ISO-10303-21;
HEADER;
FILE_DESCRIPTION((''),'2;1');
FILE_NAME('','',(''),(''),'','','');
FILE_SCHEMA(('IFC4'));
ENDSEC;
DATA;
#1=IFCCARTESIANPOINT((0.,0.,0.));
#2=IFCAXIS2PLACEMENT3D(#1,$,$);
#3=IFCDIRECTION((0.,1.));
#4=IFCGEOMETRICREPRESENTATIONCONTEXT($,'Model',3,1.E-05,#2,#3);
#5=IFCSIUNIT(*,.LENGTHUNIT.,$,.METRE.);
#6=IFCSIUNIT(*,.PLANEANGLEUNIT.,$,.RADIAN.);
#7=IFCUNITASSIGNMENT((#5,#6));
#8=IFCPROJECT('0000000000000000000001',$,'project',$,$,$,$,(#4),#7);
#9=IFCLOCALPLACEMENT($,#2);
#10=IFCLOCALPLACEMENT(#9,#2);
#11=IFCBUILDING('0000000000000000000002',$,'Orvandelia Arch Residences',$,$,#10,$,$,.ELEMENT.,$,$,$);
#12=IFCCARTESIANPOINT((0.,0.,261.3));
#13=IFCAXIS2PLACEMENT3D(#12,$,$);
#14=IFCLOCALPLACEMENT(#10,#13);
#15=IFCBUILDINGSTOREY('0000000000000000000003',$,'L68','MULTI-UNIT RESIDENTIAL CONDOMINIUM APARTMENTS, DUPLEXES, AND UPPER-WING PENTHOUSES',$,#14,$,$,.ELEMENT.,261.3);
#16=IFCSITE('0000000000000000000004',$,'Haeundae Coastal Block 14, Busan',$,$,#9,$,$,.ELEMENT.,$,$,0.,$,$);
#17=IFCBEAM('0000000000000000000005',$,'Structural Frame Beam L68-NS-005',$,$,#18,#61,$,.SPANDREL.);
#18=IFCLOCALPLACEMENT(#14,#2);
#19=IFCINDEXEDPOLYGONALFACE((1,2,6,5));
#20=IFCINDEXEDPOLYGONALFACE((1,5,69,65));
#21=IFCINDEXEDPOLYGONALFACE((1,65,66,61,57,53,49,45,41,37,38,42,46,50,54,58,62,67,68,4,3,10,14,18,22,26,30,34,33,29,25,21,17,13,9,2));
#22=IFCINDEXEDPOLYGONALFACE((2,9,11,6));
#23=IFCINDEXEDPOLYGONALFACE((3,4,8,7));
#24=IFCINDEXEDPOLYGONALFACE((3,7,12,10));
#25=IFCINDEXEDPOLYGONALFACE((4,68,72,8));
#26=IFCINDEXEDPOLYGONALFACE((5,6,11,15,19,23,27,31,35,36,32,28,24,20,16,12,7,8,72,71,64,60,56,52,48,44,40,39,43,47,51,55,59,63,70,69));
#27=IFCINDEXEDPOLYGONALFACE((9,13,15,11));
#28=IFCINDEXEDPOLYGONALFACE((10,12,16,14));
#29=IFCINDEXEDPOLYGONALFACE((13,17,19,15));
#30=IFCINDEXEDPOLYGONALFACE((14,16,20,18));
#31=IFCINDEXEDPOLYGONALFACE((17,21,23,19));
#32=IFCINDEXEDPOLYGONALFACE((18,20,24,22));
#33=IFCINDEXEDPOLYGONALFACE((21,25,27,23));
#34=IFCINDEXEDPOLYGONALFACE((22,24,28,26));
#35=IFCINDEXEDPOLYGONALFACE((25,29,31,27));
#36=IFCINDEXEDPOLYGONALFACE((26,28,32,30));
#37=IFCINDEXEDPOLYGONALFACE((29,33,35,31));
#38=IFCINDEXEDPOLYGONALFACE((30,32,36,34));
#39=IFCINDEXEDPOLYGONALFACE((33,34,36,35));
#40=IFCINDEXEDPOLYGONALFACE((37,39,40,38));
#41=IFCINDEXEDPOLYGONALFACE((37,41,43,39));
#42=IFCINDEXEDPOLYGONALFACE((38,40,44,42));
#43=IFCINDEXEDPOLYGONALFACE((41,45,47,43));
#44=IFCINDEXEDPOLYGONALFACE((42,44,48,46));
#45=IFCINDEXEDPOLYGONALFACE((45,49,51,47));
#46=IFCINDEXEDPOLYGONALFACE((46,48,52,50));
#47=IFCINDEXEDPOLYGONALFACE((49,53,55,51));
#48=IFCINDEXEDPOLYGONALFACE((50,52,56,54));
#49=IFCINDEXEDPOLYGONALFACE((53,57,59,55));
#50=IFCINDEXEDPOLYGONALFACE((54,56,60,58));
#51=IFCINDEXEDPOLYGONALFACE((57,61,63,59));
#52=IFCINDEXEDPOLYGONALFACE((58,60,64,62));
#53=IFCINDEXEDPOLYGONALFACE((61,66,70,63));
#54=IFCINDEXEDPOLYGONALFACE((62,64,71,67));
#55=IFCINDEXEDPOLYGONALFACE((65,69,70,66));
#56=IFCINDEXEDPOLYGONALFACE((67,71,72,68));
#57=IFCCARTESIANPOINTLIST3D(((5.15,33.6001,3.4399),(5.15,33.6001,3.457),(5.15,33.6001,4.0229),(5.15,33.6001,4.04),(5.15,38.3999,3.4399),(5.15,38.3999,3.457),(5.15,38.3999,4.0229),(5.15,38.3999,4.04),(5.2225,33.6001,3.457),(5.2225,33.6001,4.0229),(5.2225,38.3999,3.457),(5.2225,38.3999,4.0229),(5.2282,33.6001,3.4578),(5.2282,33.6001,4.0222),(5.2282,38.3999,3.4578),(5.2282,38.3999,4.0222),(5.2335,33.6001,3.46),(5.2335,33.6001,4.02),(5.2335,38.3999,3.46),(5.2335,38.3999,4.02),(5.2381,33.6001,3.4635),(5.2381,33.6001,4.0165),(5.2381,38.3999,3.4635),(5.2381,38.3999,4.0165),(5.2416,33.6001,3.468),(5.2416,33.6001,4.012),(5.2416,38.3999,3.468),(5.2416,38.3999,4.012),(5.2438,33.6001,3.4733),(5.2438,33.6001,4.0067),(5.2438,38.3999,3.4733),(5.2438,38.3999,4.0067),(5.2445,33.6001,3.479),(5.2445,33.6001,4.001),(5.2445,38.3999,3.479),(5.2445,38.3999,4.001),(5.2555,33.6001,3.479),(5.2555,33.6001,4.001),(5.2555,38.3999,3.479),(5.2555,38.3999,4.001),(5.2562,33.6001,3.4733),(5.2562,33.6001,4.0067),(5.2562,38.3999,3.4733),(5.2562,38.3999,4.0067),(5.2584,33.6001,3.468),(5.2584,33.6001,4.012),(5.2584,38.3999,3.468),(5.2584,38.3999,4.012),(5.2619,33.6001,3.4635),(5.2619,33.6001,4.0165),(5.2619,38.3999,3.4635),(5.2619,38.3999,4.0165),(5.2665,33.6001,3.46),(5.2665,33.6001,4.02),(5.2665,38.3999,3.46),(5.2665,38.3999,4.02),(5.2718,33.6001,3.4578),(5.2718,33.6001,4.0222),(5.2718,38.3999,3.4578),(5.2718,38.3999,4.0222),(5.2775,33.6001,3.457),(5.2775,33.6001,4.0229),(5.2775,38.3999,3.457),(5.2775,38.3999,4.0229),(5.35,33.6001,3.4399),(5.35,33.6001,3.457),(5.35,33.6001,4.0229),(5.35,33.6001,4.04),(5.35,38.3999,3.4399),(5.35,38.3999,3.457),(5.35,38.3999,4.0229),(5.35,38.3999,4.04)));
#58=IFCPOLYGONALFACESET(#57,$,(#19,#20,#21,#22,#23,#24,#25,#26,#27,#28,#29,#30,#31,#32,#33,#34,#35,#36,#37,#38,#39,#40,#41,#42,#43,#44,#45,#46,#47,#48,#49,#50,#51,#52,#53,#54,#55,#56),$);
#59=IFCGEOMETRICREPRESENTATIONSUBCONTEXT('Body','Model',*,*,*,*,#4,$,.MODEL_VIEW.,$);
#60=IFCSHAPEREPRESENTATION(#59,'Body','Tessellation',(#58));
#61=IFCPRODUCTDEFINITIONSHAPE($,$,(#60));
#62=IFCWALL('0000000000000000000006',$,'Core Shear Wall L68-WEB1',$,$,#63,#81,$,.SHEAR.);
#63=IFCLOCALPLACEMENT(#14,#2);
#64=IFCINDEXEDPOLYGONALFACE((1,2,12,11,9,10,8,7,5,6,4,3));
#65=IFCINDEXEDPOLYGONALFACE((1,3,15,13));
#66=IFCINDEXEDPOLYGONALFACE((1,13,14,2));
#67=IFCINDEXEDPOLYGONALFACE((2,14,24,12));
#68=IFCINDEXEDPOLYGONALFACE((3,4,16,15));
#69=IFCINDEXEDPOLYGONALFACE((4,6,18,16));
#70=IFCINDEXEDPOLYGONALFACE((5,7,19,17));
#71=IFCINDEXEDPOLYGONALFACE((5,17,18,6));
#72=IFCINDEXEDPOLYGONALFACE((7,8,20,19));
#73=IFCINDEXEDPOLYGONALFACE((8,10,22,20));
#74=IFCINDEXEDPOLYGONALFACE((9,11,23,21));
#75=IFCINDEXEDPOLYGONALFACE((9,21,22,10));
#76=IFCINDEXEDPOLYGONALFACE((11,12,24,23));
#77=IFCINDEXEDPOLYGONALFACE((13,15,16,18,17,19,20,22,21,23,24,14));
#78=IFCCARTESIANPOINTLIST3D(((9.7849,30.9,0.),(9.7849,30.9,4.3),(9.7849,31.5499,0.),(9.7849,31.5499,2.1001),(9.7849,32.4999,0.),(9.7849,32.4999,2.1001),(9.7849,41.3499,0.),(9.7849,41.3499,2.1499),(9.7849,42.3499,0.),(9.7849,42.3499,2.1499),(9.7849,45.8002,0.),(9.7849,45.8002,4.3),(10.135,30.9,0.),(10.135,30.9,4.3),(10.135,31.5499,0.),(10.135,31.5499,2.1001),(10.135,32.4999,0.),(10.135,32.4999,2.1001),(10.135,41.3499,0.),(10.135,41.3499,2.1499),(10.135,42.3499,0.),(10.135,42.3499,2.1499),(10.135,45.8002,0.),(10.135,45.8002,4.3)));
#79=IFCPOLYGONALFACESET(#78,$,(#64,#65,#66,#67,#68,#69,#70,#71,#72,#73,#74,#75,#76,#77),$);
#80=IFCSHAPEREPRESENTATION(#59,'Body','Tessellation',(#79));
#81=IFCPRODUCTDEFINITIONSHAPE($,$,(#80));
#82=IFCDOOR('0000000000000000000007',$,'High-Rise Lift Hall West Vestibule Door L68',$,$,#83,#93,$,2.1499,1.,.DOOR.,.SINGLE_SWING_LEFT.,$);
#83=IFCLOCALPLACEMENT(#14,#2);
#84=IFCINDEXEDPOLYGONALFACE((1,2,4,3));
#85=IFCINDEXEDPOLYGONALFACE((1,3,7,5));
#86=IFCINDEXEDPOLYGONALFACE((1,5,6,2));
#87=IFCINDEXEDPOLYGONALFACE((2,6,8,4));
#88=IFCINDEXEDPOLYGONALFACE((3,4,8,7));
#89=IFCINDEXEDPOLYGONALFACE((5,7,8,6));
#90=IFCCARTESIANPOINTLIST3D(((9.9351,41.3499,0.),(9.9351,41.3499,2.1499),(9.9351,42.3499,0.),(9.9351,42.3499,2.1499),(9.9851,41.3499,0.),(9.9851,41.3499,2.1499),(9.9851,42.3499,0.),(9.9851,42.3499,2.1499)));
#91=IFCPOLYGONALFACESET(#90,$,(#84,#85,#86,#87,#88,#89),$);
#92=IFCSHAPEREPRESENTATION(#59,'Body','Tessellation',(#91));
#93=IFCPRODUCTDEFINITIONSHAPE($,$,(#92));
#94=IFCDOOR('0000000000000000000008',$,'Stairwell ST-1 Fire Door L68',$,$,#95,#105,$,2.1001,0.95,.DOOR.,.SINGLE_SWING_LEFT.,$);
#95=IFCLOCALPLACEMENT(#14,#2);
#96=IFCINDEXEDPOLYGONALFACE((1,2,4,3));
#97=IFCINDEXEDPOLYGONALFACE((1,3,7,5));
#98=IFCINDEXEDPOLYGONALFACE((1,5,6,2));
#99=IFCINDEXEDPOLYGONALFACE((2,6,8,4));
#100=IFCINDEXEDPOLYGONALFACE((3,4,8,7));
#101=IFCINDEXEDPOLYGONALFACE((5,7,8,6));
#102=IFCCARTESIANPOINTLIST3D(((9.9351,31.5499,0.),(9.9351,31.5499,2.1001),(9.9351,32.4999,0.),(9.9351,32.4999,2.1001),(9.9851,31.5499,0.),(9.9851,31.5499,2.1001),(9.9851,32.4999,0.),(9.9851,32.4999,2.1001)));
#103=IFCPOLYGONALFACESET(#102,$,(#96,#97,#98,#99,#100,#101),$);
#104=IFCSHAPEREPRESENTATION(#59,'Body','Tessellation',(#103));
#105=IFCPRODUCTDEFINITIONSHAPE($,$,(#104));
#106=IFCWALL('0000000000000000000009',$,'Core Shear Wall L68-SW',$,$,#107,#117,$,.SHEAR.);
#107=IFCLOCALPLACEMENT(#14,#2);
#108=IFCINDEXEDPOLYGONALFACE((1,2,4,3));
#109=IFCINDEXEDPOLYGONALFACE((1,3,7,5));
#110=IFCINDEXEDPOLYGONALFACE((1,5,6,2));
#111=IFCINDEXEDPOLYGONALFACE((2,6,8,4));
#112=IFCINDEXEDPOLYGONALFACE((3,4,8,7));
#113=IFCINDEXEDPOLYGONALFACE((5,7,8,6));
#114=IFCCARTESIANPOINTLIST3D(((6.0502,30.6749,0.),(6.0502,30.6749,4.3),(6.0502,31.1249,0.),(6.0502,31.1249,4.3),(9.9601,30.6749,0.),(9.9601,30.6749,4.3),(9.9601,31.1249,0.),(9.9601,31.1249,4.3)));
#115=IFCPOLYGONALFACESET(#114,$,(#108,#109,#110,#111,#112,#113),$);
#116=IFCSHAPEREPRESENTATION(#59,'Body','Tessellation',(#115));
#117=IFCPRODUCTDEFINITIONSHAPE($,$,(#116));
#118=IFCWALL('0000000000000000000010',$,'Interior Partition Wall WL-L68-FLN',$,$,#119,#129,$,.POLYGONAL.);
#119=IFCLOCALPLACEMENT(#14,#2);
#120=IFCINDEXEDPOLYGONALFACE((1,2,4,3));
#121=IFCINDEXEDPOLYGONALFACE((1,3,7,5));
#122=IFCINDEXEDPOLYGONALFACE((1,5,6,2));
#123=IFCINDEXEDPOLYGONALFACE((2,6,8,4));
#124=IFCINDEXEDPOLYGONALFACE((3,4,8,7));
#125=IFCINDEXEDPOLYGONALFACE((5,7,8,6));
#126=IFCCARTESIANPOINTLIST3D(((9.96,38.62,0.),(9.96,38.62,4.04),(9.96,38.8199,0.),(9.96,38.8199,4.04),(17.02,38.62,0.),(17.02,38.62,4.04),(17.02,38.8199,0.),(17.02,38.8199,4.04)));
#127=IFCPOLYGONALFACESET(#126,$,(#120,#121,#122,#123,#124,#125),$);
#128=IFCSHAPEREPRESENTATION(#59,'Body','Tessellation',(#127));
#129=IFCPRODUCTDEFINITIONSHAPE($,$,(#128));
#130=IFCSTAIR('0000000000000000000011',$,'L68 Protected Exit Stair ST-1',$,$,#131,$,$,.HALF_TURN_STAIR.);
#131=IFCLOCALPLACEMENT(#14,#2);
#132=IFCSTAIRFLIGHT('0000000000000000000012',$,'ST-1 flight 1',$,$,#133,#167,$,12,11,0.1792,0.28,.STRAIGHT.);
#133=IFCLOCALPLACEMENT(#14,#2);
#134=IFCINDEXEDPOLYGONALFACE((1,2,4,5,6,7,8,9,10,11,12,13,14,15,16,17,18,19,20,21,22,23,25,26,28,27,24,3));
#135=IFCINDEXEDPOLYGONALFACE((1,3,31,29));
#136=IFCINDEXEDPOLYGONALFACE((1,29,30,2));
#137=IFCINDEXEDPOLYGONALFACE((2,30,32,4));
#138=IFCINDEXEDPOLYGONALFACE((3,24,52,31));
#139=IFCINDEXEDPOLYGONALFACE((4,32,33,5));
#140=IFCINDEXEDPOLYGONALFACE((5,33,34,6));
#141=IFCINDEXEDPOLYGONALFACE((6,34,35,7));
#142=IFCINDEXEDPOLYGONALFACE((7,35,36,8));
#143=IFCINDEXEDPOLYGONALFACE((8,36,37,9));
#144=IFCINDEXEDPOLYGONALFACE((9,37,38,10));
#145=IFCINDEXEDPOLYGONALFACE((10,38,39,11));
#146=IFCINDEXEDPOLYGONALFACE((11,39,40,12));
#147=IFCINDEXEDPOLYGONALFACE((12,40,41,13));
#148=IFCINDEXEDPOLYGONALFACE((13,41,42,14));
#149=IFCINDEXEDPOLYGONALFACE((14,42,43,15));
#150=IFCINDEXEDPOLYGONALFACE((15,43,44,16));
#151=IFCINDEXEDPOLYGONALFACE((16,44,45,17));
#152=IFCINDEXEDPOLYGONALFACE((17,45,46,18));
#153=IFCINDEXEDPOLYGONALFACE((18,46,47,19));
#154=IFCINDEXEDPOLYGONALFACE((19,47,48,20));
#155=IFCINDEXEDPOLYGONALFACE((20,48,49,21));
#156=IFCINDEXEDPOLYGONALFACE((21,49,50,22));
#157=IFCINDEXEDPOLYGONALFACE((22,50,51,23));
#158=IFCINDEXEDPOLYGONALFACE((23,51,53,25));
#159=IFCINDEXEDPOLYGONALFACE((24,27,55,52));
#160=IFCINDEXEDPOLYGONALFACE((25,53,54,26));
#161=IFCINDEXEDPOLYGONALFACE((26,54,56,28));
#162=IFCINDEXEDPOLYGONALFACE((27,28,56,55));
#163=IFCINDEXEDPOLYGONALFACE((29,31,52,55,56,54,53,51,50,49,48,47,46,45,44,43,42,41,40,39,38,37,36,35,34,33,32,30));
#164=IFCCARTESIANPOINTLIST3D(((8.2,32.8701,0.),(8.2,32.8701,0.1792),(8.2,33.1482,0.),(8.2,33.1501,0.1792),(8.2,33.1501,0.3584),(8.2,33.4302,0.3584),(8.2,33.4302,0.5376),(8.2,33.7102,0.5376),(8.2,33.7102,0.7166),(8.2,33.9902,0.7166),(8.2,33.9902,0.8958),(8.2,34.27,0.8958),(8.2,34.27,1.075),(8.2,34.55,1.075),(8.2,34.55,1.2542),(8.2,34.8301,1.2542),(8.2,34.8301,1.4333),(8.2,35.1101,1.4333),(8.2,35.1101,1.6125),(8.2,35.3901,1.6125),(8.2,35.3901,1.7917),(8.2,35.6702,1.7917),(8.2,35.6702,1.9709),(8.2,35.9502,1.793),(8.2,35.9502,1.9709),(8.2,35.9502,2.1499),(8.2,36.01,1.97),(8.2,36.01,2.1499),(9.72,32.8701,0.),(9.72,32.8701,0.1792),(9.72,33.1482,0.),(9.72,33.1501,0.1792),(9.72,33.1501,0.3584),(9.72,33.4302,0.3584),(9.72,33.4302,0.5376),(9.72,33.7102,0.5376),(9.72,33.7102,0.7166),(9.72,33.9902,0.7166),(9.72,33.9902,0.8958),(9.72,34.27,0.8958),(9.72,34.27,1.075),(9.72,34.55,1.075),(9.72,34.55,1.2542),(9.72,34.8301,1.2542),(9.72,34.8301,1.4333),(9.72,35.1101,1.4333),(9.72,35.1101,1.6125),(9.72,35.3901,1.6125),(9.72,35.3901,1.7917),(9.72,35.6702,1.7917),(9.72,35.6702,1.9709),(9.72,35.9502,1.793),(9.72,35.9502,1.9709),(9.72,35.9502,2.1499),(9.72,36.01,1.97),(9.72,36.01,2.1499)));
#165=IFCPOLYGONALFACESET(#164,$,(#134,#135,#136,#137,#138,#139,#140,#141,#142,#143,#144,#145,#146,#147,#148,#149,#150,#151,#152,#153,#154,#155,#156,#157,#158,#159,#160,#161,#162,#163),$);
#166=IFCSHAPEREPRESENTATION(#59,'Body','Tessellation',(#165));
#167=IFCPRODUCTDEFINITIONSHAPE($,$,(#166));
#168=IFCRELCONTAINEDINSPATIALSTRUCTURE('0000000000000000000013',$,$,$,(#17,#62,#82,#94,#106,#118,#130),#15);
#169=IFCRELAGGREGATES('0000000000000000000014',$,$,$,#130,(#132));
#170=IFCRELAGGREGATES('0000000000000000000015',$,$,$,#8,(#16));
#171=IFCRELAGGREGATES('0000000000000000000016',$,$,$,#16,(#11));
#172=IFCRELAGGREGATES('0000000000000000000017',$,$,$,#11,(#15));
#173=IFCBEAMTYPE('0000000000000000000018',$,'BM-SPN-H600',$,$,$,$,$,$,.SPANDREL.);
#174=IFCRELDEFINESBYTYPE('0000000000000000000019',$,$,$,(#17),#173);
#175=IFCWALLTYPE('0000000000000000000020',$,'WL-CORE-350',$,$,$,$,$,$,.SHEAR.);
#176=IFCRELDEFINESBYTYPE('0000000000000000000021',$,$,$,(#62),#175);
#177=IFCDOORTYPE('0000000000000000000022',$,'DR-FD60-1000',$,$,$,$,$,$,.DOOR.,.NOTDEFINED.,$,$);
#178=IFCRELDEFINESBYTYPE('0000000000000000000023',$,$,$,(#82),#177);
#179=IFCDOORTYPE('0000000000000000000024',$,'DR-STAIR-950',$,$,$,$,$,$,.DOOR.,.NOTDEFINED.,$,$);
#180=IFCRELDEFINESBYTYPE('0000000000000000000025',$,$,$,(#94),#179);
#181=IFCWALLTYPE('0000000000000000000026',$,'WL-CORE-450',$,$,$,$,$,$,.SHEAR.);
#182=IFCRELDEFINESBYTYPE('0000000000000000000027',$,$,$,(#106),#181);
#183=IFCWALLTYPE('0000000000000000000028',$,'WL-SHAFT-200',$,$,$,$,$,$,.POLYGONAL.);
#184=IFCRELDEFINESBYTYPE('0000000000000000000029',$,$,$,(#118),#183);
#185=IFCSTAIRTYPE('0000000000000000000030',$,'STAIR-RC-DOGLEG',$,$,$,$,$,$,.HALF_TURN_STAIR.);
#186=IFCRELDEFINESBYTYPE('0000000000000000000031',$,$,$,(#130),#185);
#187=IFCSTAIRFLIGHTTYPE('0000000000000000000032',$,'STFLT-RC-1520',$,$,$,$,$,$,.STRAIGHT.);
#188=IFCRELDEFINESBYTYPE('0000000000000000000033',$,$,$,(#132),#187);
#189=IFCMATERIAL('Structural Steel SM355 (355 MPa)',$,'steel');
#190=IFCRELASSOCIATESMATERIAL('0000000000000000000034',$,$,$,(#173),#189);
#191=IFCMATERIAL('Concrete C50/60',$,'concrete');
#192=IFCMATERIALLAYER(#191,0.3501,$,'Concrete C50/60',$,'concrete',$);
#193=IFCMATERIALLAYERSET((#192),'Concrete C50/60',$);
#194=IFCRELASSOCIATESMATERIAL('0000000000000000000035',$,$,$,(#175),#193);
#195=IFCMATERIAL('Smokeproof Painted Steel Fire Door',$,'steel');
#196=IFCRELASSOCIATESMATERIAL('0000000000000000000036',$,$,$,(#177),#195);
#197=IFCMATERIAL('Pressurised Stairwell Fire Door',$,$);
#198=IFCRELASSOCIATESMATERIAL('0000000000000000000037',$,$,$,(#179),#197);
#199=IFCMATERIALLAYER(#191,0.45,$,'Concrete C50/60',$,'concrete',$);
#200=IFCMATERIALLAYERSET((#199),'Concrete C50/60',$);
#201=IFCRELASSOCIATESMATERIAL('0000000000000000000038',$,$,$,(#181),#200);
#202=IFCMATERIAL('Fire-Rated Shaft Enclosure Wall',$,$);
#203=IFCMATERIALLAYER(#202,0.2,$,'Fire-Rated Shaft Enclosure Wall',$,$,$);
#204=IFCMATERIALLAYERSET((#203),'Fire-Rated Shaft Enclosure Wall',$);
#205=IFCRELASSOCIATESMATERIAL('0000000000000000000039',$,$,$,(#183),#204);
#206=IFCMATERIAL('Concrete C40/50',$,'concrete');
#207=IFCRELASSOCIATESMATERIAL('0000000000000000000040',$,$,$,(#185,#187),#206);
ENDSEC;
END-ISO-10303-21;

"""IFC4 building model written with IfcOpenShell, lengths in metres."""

from ifc_helpers import new_model, si_unit, direction, frame, frame_2d, origin, origin_2d, place, context, subcontext, project, spatial, polyline, rectangle, i_section, outline, extrude, material, layer, layer_set, material_profile, profile_set, type_object, element, fill, aggregate, save


model = new_model("IFC4")

# Units and contexts
model_context = context("Model", 3, precision=1e-05, world=origin(), true_north=direction((0.0, 1.0)))
body_context = subcontext(model_context, "Body", "Model", "MODEL_VIEW")
ifc_project = project(units=[si_unit("LENGTHUNIT", "METRE"), si_unit("PLANEANGLEUNIT", "RADIAN")], contexts=[model_context])

# Site, building, storey
site_placement = place(None, origin())
site = spatial("IfcSite", under=ifc_project, at=site_placement, Name="Haeundae Coastal Block 14, Busan", CompositionType="ELEMENT", RefElevation=0.0)
building_placement = place(site_placement, origin())
building = spatial("IfcBuilding", under=site, at=building_placement, Name="Orvandelia Arch Residences", CompositionType="ELEMENT")
storey_placement = place(building_placement, frame((0.0, 0.0, 261.3)))
storey = spatial("IfcBuildingStorey", under=building, at=storey_placement, Name="L68", Description="MULTI-UNIT RESIDENTIAL CONDOMINIUM APARTMENTS, DUPLEXES, AND UPPER-WING PENTHOUSES", CompositionType="ELEMENT", Elevation=261.3)

# Shared definitions
ifc_material_1 = material(Name="Concrete C50/60", Category="concrete")

# Beam
ifc_material_2 = material(Name="Structural Steel SM355 (355 MPa)", Category="steel")
ifc_material_profile_1 = material_profile(ifc_material_2, i_section(OverallWidth=0.2, OverallDepth=0.6001, WebThickness=0.011, FlangeThickness=0.0171, FilletRadius=0.022, at=origin_2d()), Name="Structural Steel SM355 (355 MPa)", Category="steel")
ifc_profile_set_1 = profile_set([ifc_material_profile_1], Name="Structural Steel SM355 (355 MPa)")
beam_type_1 = type_object("IfcBeamType", Name="BM-SPN-H600", PredefinedType="SPANDREL", material=ifc_profile_set_1)
beam_1_placement = place(storey_placement, frame((5.25, 33.6001, 3.74), z_axis=(0.0, 1.0, 0.0), x_axis=(-1.0, 0.0, 0.0)))
element("IfcBeam", 1, at=beam_1_placement, inside=storey, type_object=beam_type_1, Name="Structural Frame Beam L68-NS-005", PredefinedType="SPANDREL", context=body_context, shape_type="SweptSolid", body=[
    extrude(i_section(OverallWidth=0.2, OverallDepth=0.6001, WebThickness=0.011, FlangeThickness=0.0171, FilletRadius=0.022, at=origin_2d()), origin(), (0.0, 0.0, 1.0), 4.7998),
])

# Wall, openings, doors
ifc_layer_1 = layer(ifc_material_1, 0.3501, Name="Concrete C50/60", Category="concrete")
ifc_layer_set_1 = layer_set([ifc_layer_1], Name="Concrete C50/60")
wall_type_1 = type_object("IfcWallType", Name="WL-CORE-350", PredefinedType="SHEAR", material=ifc_layer_set_1)
wall_1_placement = place(storey_placement, frame((9.96, 30.8999, 0.0), z_axis=(0.0, 0.0, 1.0), x_axis=(0.0, 1.0, 0.0)))
wall_1 = element("IfcWall", 2, at=wall_1_placement, inside=storey, type_object=wall_type_1, Name="Core Shear Wall L68-WEB1", PredefinedType="SHEAR", context=body_context, shape_type="SweptSolid", body=[
    extrude(rectangle(XDim=14.9001, YDim=0.3501, at=frame_2d((7.4502, 0.0))), origin(), (0.0, 0.0, 1.0), 4.3),
])
opening_1_placement = place(wall_1_placement, frame((0.6499, 0.0, 0.0)))
opening_1 = element("IfcOpeningElement", 3, at=opening_1_placement, cuts=wall_1, PredefinedType="OPENING", context=body_context, shape_type="SweptSolid", body=[
    extrude(rectangle(XDim=0.95, YDim=2.1001, at=frame_2d((0.4751, 1.05))), frame((0.0, 0.1851, 0.0), z_axis=(0.0, -1.0, 0.0), x_axis=(1.0, 0.0, 0.0)), (0.0, 0.0, 1.0), 0.3701),
])
opening_2_placement = place(wall_1_placement, frame((10.45, 0.0, 0.0)))
opening_2 = element("IfcOpeningElement", 4, at=opening_2_placement, cuts=wall_1, PredefinedType="OPENING", context=body_context, shape_type="SweptSolid", body=[
    extrude(rectangle(XDim=1.0, YDim=2.1499, at=frame_2d((0.5, 1.075))), frame((0.0, 0.1851, 0.0), z_axis=(0.0, -1.0, 0.0), x_axis=(1.0, 0.0, 0.0)), (0.0, 0.0, 1.0), 0.3701),
])
ifc_material_3 = material(Name="Smokeproof Painted Steel Fire Door", Category="steel")
door_type_1 = type_object("IfcDoorType", Name="DR-FD60-1000", OperationType="NOTDEFINED", PredefinedType="DOOR", material=ifc_material_3)
door_1_placement = place(opening_2_placement, origin())
door_1 = element("IfcDoor", 5, at=door_1_placement, inside=storey, type_object=door_type_1, Name="High-Rise Lift Hall West Vestibule Door L68", OperationType="SINGLE_SWING_LEFT", OverallHeight=2.1499, OverallWidth=1.0, PredefinedType="DOOR", context=body_context, shape_type="SweptSolid", body=[
    extrude(rectangle(XDim=1.0, YDim=2.1499, at=frame_2d((0.5, 1.075))), frame((0.0, 0.0249, 0.0), z_axis=(0.0, -1.0, 0.0), x_axis=(1.0, 0.0, 0.0)), (0.0, 0.0, 1.0), 0.05),
])
fill(opening_2, door_1)
ifc_material_4 = material(Name="Pressurised Stairwell Fire Door")
door_type_2 = type_object("IfcDoorType", Name="DR-STAIR-950", OperationType="NOTDEFINED", PredefinedType="DOOR", material=ifc_material_4)
door_2_placement = place(opening_1_placement, origin())
door_2 = element("IfcDoor", 6, at=door_2_placement, inside=storey, type_object=door_type_2, Name="Stairwell ST-1 Fire Door L68", OperationType="SINGLE_SWING_LEFT", OverallHeight=2.1001, OverallWidth=0.95, PredefinedType="DOOR", context=body_context, shape_type="SweptSolid", body=[
    extrude(rectangle(XDim=0.95, YDim=2.1001, at=frame_2d((0.4751, 1.05))), frame((0.0, 0.0249, 0.0), z_axis=(0.0, -1.0, 0.0), x_axis=(1.0, 0.0, 0.0)), (0.0, 0.0, 1.0), 0.05),
])
fill(opening_1, door_2)

# Wall
ifc_layer_2 = layer(ifc_material_1, 0.45, Name="Concrete C50/60", Category="concrete")
ifc_layer_set_2 = layer_set([ifc_layer_2], Name="Concrete C50/60")
wall_type_2 = type_object("IfcWallType", Name="WL-CORE-450", PredefinedType="SHEAR", material=ifc_layer_set_2)
wall_2_placement = place(storey_placement, frame((6.05, 30.8999, 0.0), z_axis=(0.0, 0.0, 1.0), x_axis=(1.0, 0.0, 0.0)))
element("IfcWall", 7, at=wall_2_placement, inside=storey, type_object=wall_type_2, Name="Core Shear Wall L68-SW", PredefinedType="SHEAR", context=body_context, shape_type="SweptSolid", body=[
    extrude(rectangle(XDim=3.9099, YDim=0.45, at=frame_2d((1.9551, 0.0))), origin(), (0.0, 0.0, 1.0), 4.3),
])

# Wall
ifc_material_5 = material(Name="Fire-Rated Shaft Enclosure Wall")
ifc_layer_3 = layer(ifc_material_5, 0.2, Name="Fire-Rated Shaft Enclosure Wall")
ifc_layer_set_3 = layer_set([ifc_layer_3], Name="Fire-Rated Shaft Enclosure Wall")
wall_type_3 = type_object("IfcWallType", Name="WL-SHAFT-200", PredefinedType="POLYGONAL", material=ifc_layer_set_3)
wall_3_placement = place(storey_placement, frame((9.96, 38.72, 0.0), z_axis=(0.0, 0.0, 1.0), x_axis=(1.0, 0.0, 0.0)))
element("IfcWall", 8, at=wall_3_placement, inside=storey, type_object=wall_type_3, Name="Interior Partition Wall WL-L68-FLN", PredefinedType="POLYGONAL", context=body_context, shape_type="SweptSolid", body=[
    extrude(rectangle(XDim=7.0601, YDim=0.2, at=frame_2d((3.53, 0.0))), origin(), (0.0, 0.0, 1.0), 4.04),
])

# Stair, stair flight
ifc_material_6 = material(Name="Concrete C40/50", Category="concrete")
stair_type = type_object("IfcStairType", Name="STAIR-RC-DOGLEG", PredefinedType="HALF_TURN_STAIR", material=ifc_material_6)
stair_placement = place(storey_placement, origin())
stair = element("IfcStair", 9, at=stair_placement, inside=storey, type_object=stair_type, Name="L68 Protected Exit Stair ST-1", PredefinedType="HALF_TURN_STAIR")
stair_flight_type = type_object("IfcStairFlightType", Name="STFLT-RC-1520", PredefinedType="STRAIGHT", material=ifc_material_6)
stair_flight_1_placement = place(storey_placement, frame((8.96, 32.8701, 0.0), z_axis=(0.0, 0.0, 1.0), x_axis=(0.0, 1.0, 0.0)))
stair_flight_1 = element("IfcStairFlight", 10, at=stair_flight_1_placement, type_object=stair_flight_type, Name="ST-1 flight 1", NumberOfRisers=12, NumberOfTreads=11, PredefinedType="STRAIGHT", RiserHeight=0.1792, TreadLength=0.28, context=body_context, shape_type="SweptSolid", body=[
    extrude(outline(polyline([(0.0, 0.0), (0.0, 0.1792), (0.28, 0.1792), (0.28, 0.3584), (0.5601, 0.3584), (0.5601, 0.5376), (0.8401, 0.5376), (0.8401, 0.7166), (1.1201, 0.7166), (1.1201, 0.8958), (1.3999, 0.8958), (1.3999, 1.075), (1.6799, 1.075), (1.6799, 1.2542), (1.96, 1.2542), (1.96, 1.4333), (2.24, 1.4333), (2.24, 1.6125), (2.52, 1.6125), (2.52, 1.7917), (2.8, 1.7917), (2.8, 1.9709), (3.0801, 1.9709), (3.0801, 2.1499), (3.1399, 2.1499), (3.1399, 1.97), (3.0801, 1.793), (0.2781, 0.0), (0.0, 0.0)])), frame((0.0, 0.76, 0.0), z_axis=(0.0, -1.0, 0.0), x_axis=(1.0, 0.0, 0.0)), (0.0, 0.0, 1.0), 1.52),
])
aggregate(stair, [stair_flight_1])

save(model, "model.ifc")
